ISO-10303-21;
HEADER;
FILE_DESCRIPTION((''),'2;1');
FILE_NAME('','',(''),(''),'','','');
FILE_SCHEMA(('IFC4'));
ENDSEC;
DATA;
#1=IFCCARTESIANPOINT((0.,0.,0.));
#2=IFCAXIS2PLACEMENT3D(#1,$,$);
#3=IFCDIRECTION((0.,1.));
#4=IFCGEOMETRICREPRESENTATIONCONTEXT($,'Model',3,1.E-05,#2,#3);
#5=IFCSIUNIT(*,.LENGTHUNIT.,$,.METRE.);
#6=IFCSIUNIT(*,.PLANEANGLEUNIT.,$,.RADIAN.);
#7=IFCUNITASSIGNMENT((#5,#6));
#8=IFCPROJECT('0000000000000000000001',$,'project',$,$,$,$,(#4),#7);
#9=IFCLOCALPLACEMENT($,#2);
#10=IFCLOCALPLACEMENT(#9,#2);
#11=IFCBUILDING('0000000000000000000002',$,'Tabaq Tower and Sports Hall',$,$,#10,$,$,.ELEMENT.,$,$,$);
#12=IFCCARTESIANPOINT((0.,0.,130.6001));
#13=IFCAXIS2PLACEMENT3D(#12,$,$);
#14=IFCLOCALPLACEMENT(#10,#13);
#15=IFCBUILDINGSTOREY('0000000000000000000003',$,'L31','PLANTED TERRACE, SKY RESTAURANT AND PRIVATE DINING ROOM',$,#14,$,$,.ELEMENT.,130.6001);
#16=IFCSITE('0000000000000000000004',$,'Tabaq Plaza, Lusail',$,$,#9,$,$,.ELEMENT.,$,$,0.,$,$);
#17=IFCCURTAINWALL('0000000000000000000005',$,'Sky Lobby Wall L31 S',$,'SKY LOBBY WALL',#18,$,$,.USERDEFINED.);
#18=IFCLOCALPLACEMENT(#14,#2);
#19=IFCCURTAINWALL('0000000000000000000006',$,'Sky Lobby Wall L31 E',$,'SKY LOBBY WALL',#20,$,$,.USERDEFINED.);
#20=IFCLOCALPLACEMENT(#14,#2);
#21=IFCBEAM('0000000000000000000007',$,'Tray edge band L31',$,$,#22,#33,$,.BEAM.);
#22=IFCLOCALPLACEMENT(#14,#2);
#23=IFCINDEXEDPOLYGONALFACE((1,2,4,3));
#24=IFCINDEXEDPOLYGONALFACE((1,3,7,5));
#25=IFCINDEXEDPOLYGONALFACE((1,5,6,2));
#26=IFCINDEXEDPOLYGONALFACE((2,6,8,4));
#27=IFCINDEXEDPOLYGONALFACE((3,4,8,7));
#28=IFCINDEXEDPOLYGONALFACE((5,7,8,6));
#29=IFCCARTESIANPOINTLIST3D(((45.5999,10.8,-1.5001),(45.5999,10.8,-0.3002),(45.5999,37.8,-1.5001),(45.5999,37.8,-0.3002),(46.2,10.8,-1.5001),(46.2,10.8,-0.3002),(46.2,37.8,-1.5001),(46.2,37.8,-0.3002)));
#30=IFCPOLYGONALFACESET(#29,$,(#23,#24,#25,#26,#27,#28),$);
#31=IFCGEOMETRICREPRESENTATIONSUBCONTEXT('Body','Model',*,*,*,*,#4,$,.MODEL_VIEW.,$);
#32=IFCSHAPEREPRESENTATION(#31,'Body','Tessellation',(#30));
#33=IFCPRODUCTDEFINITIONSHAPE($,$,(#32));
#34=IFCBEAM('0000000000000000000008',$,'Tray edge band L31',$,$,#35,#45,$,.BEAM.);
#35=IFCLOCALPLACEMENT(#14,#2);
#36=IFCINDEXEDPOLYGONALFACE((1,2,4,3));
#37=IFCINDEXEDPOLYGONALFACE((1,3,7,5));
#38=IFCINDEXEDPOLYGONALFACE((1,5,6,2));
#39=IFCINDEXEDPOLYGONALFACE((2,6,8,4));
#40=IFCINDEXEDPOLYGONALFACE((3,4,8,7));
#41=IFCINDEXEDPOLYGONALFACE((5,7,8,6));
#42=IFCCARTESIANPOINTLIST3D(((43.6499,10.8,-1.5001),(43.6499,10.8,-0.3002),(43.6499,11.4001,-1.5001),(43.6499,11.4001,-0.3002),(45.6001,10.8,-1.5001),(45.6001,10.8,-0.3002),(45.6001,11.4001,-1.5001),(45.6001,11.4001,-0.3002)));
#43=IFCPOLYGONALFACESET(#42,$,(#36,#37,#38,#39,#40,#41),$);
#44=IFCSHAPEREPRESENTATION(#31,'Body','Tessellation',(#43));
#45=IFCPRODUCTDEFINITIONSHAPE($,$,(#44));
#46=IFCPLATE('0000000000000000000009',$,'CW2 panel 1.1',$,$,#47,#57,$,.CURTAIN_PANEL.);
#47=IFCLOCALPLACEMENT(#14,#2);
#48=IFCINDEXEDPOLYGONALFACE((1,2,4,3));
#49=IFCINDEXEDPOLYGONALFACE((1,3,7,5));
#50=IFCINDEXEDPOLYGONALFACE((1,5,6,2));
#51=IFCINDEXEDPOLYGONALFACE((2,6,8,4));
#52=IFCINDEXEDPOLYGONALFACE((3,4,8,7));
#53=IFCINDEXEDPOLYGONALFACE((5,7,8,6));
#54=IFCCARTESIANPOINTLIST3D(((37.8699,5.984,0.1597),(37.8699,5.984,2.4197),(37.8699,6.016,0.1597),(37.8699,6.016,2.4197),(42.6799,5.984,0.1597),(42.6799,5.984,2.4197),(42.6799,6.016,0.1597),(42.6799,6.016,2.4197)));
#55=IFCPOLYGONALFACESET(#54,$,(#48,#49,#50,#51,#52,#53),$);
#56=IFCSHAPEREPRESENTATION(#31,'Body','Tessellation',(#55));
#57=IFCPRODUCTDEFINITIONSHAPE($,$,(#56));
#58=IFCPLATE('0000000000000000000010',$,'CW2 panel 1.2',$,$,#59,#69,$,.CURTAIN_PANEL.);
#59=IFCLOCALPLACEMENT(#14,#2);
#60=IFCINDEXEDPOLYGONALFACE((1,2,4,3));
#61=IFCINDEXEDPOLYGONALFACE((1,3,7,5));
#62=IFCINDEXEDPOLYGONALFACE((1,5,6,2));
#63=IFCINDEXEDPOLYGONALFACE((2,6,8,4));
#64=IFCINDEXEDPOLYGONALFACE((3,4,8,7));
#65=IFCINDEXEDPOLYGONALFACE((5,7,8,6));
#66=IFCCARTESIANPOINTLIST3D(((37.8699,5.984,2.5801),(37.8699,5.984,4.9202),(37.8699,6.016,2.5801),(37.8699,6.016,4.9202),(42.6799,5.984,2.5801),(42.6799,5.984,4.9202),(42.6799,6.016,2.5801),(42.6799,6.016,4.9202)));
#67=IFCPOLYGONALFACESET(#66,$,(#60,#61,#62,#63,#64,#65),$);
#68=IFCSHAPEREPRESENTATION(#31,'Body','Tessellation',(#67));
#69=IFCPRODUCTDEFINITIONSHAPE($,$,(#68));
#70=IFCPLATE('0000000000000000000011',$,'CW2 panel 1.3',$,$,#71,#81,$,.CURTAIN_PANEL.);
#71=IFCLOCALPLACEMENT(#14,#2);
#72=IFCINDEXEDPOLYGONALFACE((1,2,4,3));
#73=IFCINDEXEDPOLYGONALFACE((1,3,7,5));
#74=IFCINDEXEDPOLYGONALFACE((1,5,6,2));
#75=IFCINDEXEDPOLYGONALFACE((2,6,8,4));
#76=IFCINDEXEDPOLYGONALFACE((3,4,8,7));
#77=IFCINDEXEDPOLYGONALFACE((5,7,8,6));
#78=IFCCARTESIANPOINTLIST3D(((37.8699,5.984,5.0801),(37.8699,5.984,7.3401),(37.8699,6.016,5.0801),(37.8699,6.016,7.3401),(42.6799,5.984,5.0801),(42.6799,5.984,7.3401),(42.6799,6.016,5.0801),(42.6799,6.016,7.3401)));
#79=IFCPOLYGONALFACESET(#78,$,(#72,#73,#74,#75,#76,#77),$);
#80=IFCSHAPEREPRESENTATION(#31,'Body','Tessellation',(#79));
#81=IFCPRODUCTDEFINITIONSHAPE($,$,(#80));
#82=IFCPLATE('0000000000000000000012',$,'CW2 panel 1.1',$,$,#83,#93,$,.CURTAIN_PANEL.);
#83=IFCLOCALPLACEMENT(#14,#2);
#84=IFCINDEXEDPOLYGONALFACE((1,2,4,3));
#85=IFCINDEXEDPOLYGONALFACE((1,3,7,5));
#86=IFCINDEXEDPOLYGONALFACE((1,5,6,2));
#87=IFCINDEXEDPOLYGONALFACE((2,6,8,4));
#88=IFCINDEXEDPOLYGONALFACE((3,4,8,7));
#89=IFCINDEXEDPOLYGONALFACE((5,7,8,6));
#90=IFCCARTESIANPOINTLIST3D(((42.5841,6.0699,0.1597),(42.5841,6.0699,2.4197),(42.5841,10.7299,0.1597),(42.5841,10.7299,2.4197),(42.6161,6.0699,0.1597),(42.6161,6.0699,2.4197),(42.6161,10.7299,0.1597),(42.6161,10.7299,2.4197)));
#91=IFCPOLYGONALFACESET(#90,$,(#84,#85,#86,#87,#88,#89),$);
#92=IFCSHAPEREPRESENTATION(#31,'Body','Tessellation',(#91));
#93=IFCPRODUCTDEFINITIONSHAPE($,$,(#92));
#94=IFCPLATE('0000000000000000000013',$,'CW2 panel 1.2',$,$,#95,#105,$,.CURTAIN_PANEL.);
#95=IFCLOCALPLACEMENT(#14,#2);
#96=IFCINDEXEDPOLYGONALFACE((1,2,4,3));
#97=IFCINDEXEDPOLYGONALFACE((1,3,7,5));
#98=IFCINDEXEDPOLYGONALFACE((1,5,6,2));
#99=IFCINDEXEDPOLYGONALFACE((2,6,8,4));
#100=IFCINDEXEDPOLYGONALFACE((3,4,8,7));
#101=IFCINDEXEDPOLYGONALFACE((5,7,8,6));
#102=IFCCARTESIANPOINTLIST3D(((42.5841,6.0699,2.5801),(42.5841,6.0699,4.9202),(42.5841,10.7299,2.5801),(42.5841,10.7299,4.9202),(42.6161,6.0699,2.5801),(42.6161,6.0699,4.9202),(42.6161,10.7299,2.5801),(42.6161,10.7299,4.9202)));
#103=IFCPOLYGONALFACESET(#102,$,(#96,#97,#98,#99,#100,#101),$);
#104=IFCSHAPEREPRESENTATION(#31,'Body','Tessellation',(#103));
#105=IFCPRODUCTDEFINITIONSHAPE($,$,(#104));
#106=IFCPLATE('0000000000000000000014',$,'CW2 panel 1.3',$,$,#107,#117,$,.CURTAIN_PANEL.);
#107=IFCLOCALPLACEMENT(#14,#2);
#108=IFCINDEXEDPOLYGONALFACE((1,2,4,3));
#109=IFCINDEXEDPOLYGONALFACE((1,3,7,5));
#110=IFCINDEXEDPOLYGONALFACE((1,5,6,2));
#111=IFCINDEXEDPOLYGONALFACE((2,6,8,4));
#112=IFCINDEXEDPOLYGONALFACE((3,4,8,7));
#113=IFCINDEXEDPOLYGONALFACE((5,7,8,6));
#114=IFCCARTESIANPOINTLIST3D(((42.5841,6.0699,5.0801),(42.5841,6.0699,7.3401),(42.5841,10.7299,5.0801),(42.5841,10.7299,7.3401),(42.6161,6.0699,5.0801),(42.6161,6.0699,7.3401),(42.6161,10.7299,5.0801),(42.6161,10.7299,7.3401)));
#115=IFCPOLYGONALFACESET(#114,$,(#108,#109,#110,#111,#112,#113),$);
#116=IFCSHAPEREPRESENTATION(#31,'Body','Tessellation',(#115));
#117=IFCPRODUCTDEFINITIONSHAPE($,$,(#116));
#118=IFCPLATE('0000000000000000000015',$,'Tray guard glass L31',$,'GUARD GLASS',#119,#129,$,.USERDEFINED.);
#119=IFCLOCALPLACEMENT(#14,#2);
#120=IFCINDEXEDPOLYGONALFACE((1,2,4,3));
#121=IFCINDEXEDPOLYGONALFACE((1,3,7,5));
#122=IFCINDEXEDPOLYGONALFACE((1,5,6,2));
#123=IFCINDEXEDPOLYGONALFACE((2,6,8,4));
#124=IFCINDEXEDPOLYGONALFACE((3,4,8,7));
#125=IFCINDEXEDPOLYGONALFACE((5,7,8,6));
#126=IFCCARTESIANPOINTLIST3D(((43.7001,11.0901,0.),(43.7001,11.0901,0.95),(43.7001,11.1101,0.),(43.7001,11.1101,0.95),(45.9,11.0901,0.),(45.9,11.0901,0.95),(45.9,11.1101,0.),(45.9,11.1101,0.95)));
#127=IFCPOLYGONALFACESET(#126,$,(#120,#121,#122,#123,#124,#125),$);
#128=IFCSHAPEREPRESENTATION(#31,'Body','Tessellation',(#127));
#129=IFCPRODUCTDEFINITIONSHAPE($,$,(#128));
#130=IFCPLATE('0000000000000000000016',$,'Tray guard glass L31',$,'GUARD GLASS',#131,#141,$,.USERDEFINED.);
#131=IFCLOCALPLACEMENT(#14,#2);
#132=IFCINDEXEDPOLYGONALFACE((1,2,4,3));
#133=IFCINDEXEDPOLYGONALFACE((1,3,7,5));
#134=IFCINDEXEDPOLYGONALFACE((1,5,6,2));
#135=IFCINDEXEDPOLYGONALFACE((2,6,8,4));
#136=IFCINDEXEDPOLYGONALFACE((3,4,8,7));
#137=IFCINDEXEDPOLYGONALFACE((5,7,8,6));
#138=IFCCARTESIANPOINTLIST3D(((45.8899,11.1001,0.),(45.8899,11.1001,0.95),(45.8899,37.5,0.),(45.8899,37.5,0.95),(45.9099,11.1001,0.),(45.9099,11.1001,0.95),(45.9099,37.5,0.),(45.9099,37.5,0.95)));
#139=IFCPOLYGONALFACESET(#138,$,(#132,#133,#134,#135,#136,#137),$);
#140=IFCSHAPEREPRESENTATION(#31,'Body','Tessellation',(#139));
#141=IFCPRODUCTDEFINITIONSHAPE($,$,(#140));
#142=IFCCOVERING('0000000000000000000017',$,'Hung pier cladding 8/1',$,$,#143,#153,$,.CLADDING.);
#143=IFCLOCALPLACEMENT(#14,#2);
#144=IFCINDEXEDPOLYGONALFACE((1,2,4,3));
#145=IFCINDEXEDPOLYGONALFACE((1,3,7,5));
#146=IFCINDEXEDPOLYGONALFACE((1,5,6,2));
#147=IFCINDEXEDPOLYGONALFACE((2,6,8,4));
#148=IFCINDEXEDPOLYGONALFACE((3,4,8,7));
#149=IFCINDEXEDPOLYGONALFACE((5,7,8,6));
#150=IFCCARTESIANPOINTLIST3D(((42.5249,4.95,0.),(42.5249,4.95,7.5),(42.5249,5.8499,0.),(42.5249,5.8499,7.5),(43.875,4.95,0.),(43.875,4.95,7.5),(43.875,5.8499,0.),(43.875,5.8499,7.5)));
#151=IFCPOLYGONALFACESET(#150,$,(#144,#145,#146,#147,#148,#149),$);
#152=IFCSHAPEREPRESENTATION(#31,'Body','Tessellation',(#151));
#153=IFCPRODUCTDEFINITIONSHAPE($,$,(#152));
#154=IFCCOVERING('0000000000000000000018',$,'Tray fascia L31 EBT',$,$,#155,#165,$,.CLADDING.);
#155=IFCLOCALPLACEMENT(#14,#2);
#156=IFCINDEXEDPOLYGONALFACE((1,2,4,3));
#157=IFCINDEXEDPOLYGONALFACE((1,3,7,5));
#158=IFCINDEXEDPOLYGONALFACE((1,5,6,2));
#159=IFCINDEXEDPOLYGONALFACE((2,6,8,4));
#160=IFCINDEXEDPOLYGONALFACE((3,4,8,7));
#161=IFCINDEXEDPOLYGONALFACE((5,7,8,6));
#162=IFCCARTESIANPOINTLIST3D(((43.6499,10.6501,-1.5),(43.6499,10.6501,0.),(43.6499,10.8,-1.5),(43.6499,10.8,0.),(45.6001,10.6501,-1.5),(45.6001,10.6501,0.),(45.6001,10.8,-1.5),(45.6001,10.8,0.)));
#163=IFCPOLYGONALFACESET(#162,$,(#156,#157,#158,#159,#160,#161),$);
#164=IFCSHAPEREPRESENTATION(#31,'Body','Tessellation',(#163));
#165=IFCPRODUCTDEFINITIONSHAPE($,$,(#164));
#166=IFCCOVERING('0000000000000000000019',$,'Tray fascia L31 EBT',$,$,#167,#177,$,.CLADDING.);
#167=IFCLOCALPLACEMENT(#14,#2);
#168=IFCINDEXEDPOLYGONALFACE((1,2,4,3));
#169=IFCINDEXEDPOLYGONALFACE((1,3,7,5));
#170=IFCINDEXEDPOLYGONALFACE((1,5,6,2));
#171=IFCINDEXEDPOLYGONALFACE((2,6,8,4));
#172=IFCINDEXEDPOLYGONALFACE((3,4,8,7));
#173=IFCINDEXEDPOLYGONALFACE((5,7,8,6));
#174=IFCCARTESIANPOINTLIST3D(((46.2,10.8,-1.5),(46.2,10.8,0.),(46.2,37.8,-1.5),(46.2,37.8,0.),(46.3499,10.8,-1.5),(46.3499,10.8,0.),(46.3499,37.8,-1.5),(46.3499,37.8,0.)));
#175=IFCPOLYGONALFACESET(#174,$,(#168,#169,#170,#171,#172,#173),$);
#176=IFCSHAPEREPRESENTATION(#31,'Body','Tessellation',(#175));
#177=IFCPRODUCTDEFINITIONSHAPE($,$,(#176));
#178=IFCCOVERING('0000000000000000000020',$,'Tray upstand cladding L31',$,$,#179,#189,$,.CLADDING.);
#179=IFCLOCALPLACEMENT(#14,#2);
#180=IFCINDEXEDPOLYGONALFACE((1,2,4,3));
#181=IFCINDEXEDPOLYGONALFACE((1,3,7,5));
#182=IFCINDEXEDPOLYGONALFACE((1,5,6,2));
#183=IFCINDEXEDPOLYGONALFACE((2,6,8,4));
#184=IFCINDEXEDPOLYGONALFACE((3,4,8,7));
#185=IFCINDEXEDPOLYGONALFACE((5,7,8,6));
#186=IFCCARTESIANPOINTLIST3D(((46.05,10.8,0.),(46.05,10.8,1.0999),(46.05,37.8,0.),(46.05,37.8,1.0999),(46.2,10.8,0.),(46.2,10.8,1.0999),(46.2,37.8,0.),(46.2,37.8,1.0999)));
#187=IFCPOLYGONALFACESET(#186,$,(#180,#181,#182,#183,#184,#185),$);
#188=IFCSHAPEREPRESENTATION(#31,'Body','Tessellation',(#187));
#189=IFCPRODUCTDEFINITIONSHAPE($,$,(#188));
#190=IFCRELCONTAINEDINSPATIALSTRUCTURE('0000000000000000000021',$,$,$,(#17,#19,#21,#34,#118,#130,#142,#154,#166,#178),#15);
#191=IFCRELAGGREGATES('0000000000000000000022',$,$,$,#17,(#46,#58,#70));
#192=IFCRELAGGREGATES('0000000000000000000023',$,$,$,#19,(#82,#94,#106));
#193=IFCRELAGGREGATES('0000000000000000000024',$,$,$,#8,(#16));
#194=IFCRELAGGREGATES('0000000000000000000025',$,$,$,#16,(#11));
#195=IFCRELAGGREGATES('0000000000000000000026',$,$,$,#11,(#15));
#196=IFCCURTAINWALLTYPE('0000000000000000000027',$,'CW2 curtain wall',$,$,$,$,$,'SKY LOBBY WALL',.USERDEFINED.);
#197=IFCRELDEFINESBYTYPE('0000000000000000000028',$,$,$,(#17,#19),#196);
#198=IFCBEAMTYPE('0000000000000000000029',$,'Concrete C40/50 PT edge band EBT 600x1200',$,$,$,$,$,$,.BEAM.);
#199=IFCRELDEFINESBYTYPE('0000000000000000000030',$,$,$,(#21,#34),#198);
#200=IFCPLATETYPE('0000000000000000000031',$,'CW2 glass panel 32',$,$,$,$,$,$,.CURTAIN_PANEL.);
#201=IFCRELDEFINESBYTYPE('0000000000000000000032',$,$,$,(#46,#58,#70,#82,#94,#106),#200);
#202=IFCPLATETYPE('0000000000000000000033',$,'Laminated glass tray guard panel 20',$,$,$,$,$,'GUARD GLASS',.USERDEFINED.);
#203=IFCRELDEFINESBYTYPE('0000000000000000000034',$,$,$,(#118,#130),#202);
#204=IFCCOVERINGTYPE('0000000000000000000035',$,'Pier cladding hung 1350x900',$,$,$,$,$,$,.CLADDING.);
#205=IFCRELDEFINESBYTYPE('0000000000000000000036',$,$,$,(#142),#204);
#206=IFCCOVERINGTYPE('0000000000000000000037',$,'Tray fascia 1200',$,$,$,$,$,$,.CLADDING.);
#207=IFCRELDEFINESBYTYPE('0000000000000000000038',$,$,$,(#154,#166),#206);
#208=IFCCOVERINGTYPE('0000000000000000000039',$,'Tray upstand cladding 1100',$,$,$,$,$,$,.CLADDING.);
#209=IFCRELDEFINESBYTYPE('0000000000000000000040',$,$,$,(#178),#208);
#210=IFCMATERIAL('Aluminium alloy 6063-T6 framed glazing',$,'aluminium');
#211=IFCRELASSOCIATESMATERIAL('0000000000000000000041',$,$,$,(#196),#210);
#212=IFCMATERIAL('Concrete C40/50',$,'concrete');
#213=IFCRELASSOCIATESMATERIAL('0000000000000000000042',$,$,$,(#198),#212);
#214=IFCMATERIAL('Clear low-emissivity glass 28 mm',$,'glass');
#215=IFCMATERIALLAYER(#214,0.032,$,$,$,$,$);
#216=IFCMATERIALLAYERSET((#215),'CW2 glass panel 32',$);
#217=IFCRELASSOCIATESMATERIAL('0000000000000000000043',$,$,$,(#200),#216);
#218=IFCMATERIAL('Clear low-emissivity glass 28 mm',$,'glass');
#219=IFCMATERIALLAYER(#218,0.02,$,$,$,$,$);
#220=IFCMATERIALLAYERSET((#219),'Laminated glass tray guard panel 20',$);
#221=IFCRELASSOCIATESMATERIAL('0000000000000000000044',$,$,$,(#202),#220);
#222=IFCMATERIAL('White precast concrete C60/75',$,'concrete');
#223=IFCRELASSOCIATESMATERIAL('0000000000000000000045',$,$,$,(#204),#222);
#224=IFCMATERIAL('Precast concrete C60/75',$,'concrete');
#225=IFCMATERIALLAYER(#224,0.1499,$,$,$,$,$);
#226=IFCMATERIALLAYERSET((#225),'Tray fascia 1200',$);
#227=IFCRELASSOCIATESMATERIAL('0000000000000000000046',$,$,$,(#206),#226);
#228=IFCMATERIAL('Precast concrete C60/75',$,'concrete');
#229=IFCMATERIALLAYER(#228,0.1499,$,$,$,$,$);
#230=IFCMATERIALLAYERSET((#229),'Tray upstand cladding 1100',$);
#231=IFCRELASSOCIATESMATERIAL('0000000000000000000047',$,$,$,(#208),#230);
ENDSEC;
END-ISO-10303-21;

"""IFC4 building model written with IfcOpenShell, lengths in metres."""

from ifc_helpers import new_model, si_unit, direction, frame, frame_2d, origin, origin_2d, place, context, subcontext, project, spatial, rectangle, extrude, material, layer, layer_set, material_profile, profile_set, type_object, element, aggregate, save


model = new_model("IFC4")

# Units and contexts
model_context = context("Model", 3, precision=1e-05, world=origin(), true_north=direction((0.0, 1.0)))
body_context = subcontext(model_context, "Body", "Model", "MODEL_VIEW")
ifc_project = project(units=[si_unit("LENGTHUNIT", "METRE"), si_unit("PLANEANGLEUNIT", "RADIAN")], contexts=[model_context])

# Site, building, storey
site_placement = place(None, origin())
site = spatial("IfcSite", under=ifc_project, at=site_placement, Name="Tabaq Plaza, Lusail", CompositionType="ELEMENT", RefElevation=0.0)
building_placement = place(site_placement, origin())
building = spatial("IfcBuilding", under=site, at=building_placement, Name="Tabaq Tower and Sports Hall", CompositionType="ELEMENT")
storey_placement = place(building_placement, frame((0.0, 0.0, 130.6001)))
storey = spatial("IfcBuildingStorey", under=building, at=storey_placement, Name="L31", Description="PLANTED TERRACE, SKY RESTAURANT AND PRIVATE DINING ROOM", CompositionType="ELEMENT", Elevation=130.6001)

# Curtain walls
ifc_material_1 = material(Name="Aluminium alloy 6063-T6 framed glazing", Category="aluminium")
curtain_wall_type = type_object("IfcCurtainWallType", Name="CW2 curtain wall", ElementType="SKY LOBBY WALL", PredefinedType="USERDEFINED", material=ifc_material_1)
curtain_wall_1_placement = place(storey_placement, origin())
curtain_wall_1 = element("IfcCurtainWall", 1, at=curtain_wall_1_placement, inside=storey, type_object=curtain_wall_type, Name="Sky Lobby Wall L31 S", ObjectType="SKY LOBBY WALL", PredefinedType="USERDEFINED")
curtain_wall_2_placement = place(storey_placement, origin())
curtain_wall_2 = element("IfcCurtainWall", 2, at=curtain_wall_2_placement, inside=storey, type_object=curtain_wall_type, Name="Sky Lobby Wall L31 E", ObjectType="SKY LOBBY WALL", PredefinedType="USERDEFINED")

# Beams
ifc_material_2 = material(Name="Concrete C40/50", Category="concrete")
ifc_material_profile_1 = material_profile(ifc_material_2, rectangle(XDim=0.6001, YDim=1.2, at=origin_2d()), Name="EBT 600x1200")
ifc_profile_set_1 = profile_set([ifc_material_profile_1], Name="Concrete C40/50")
beam_type = type_object("IfcBeamType", Name="Concrete C40/50 PT edge band EBT 600x1200", PredefinedType="BEAM", material=ifc_profile_set_1)
beam_1_placement = place(storey_placement, frame((45.8999, 10.8, -0.9001), z_axis=(0.0, 1.0, 0.0), x_axis=(-1.0, 0.0, 0.0)))
element("IfcBeam", 3, at=beam_1_placement, inside=storey, type_object=beam_type, Name="Tray edge band L31", PredefinedType="BEAM", context=body_context, shape_type="SweptSolid", body=[
    extrude(rectangle(XDim=0.6001, YDim=1.2, at=origin_2d()), origin(), (0.0, 0.0, 1.0), 27.0),
])
beam_2_placement = place(storey_placement, frame((43.6499, 11.1001, -0.9001), z_axis=(1.0, 0.0, 0.0), x_axis=(0.0, 1.0, 0.0)))
element("IfcBeam", 4, at=beam_2_placement, inside=storey, type_object=beam_type, Name="Tray edge band L31", PredefinedType="BEAM", context=body_context, shape_type="SweptSolid", body=[
    extrude(rectangle(XDim=0.6001, YDim=1.2, at=origin_2d()), origin(), (0.0, 0.0, 1.0), 1.9502),
])

# Plates
ifc_material_3 = material(Name="Clear low-emissivity glass 28 mm", Category="glass")
ifc_layer_1 = layer(ifc_material_3, 0.032)
ifc_layer_set_1 = layer_set([ifc_layer_1], Name="CW2 glass panel 32")
plate_type_1 = type_object("IfcPlateType", Name="CW2 glass panel 32", PredefinedType="CURTAIN_PANEL", material=ifc_layer_set_1)
plate_1_placement = place(storey_placement, frame((40.2749, 6.0, 0.1597), z_axis=(0.0, 0.0, 1.0), x_axis=(1.0, 0.0, 0.0)))
plate_1 = element("IfcPlate", 5, at=plate_1_placement, type_object=plate_type_1, Name="CW2 panel 1.1", PredefinedType="CURTAIN_PANEL", context=body_context, shape_type="SweptSolid", body=[
    extrude(rectangle(XDim=4.8101, YDim=0.032, at=origin_2d()), origin(), (0.0, 0.0, 1.0), 2.26),
])
plate_2_placement = place(storey_placement, frame((40.2749, 6.0, 2.5801), z_axis=(0.0, 0.0, 1.0), x_axis=(1.0, 0.0, 0.0)))
plate_2 = element("IfcPlate", 6, at=plate_2_placement, type_object=plate_type_1, Name="CW2 panel 1.2", PredefinedType="CURTAIN_PANEL", context=body_context, shape_type="SweptSolid", body=[
    extrude(rectangle(XDim=4.8101, YDim=0.032, at=origin_2d()), origin(), (0.0, 0.0, 1.0), 2.3401),
])
plate_3_placement = place(storey_placement, frame((40.2749, 6.0, 5.0801), z_axis=(0.0, 0.0, 1.0), x_axis=(1.0, 0.0, 0.0)))
plate_3 = element("IfcPlate", 7, at=plate_3_placement, type_object=plate_type_1, Name="CW2 panel 1.3", PredefinedType="CURTAIN_PANEL", context=body_context, shape_type="SweptSolid", body=[
    extrude(rectangle(XDim=4.8101, YDim=0.032, at=origin_2d()), origin(), (0.0, 0.0, 1.0), 2.26),
])
aggregate(curtain_wall_1, [plate_1, plate_2, plate_3])
plate_4_placement = place(storey_placement, frame((42.6001, 8.3999, 0.1597), z_axis=(0.0, 0.0, 1.0), x_axis=(0.0, 1.0, 0.0)))
plate_4 = element("IfcPlate", 8, at=plate_4_placement, type_object=plate_type_1, Name="CW2 panel 1.1", PredefinedType="CURTAIN_PANEL", context=body_context, shape_type="SweptSolid", body=[
    extrude(rectangle(XDim=4.6599, YDim=0.032, at=origin_2d()), origin(), (0.0, 0.0, 1.0), 2.26),
])
plate_5_placement = place(storey_placement, frame((42.6001, 8.3999, 2.5801), z_axis=(0.0, 0.0, 1.0), x_axis=(0.0, 1.0, 0.0)))
plate_5 = element("IfcPlate", 9, at=plate_5_placement, type_object=plate_type_1, Name="CW2 panel 1.2", PredefinedType="CURTAIN_PANEL", context=body_context, shape_type="SweptSolid", body=[
    extrude(rectangle(XDim=4.6599, YDim=0.032, at=origin_2d()), origin(), (0.0, 0.0, 1.0), 2.3401),
])
plate_6_placement = place(storey_placement, frame((42.6001, 8.3999, 5.0801), z_axis=(0.0, 0.0, 1.0), x_axis=(0.0, 1.0, 0.0)))
plate_6 = element("IfcPlate", 10, at=plate_6_placement, type_object=plate_type_1, Name="CW2 panel 1.3", PredefinedType="CURTAIN_PANEL", context=body_context, shape_type="SweptSolid", body=[
    extrude(rectangle(XDim=4.6599, YDim=0.032, at=origin_2d()), origin(), (0.0, 0.0, 1.0), 2.26),
])
aggregate(curtain_wall_2, [plate_4, plate_5, plate_6])

# Plates
ifc_material_4 = material(Name="Clear low-emissivity glass 28 mm", Category="glass")
ifc_layer_2 = layer(ifc_material_4, 0.02)
ifc_layer_set_2 = layer_set([ifc_layer_2], Name="Laminated glass tray guard panel 20")
plate_type_2 = type_object("IfcPlateType", Name="Laminated glass tray guard panel 20", ElementType="GUARD GLASS", PredefinedType="USERDEFINED", material=ifc_layer_set_2)
plate_7_placement = place(storey_placement, frame((43.7, 11.1001, 0.0), z_axis=(0.0, 0.0, 1.0), x_axis=(1.0, 0.0, 0.0)))
element("IfcPlate", 11, at=plate_7_placement, inside=storey, type_object=plate_type_2, Name="Tray guard glass L31", ObjectType="GUARD GLASS", PredefinedType="USERDEFINED", context=body_context, shape_type="SweptSolid", body=[
    extrude(rectangle(XDim=2.2, YDim=0.02, at=frame_2d((1.1001, 0.0))), origin(), (0.0, 0.0, 1.0), 0.95),
])
plate_8_placement = place(storey_placement, frame((45.8999, 11.1001, 0.0), z_axis=(0.0, 0.0, 1.0), x_axis=(0.0, 1.0, 0.0)))
element("IfcPlate", 12, at=plate_8_placement, inside=storey, type_object=plate_type_2, Name="Tray guard glass L31", ObjectType="GUARD GLASS", PredefinedType="USERDEFINED", context=body_context, shape_type="SweptSolid", body=[
    extrude(rectangle(XDim=26.3999, YDim=0.02, at=frame_2d((13.2, 0.0))), origin(), (0.0, 0.0, 1.0), 0.95),
])

# Coverings
ifc_material_5 = material(Name="White precast concrete C60/75", Category="concrete")
covering_type_1 = type_object("IfcCoveringType", Name="Pier cladding hung 1350x900", PredefinedType="CLADDING", material=ifc_material_5)
covering_1_placement = place(storey_placement, frame((42.5249, 5.3999, 0.0), z_axis=(0.0, 0.0, 1.0), x_axis=(1.0, 0.0, 0.0)))
element("IfcCovering", 13, at=covering_1_placement, inside=storey, type_object=covering_type_1, Name="Hung pier cladding 8/1", PredefinedType="CLADDING", context=body_context, shape_type="SweptSolid", body=[
    extrude(rectangle(XDim=1.3501, YDim=0.8999, at=frame_2d((0.675, 0.0))), origin(), (0.0, 0.0, 1.0), 7.5),
])
ifc_material_6 = material(Name="Precast concrete C60/75", Category="concrete")
ifc_layer_3 = layer(ifc_material_6, 0.1499)
ifc_layer_set_3 = layer_set([ifc_layer_3], Name="Tray fascia 1200")
covering_type_2 = type_object("IfcCoveringType", Name="Tray fascia 1200", PredefinedType="CLADDING", material=ifc_layer_set_3)
covering_2_placement = place(storey_placement, frame((43.6499, 10.7251, -1.5), z_axis=(0.0, 0.0, 1.0), x_axis=(1.0, 0.0, 0.0)))
element("IfcCovering", 14, at=covering_2_placement, inside=storey, type_object=covering_type_2, Name="Tray fascia L31 EBT", PredefinedType="CLADDING", context=body_context, shape_type="SweptSolid", body=[
    extrude(rectangle(XDim=1.9502, YDim=0.1499, at=frame_2d((0.9751, 0.0))), origin(), (0.0, 0.0, 1.0), 1.5),
])
covering_3_placement = place(storey_placement, frame((46.2749, 10.8, -1.5), z_axis=(0.0, 0.0, 1.0), x_axis=(0.0, 1.0, 0.0)))
element("IfcCovering", 15, at=covering_3_placement, inside=storey, type_object=covering_type_2, Name="Tray fascia L31 EBT", PredefinedType="CLADDING", context=body_context, shape_type="SweptSolid", body=[
    extrude(rectangle(XDim=27.0, YDim=0.1499, at=frame_2d((13.5, 0.0))), origin(), (0.0, 0.0, 1.0), 1.5),
])
ifc_material_7 = material(Name="Precast concrete C60/75", Category="concrete")
ifc_layer_4 = layer(ifc_material_7, 0.1499)
ifc_layer_set_4 = layer_set([ifc_layer_4], Name="Tray upstand cladding 1100")
covering_type_3 = type_object("IfcCoveringType", Name="Tray upstand cladding 1100", PredefinedType="CLADDING", material=ifc_layer_set_4)
covering_4_placement = place(storey_placement, frame((46.125, 10.8, 0.0), z_axis=(0.0, 0.0, 1.0), x_axis=(0.0, 1.0, 0.0)))
element("IfcCovering", 16, at=covering_4_placement, inside=storey, type_object=covering_type_3, Name="Tray upstand cladding L31", PredefinedType="CLADDING", context=body_context, shape_type="SweptSolid", body=[
    extrude(rectangle(XDim=27.0, YDim=0.1499, at=frame_2d((13.5, 0.0))), origin(), (0.0, 0.0, 1.0), 1.0999),
])

save(model, "model.ifc")
